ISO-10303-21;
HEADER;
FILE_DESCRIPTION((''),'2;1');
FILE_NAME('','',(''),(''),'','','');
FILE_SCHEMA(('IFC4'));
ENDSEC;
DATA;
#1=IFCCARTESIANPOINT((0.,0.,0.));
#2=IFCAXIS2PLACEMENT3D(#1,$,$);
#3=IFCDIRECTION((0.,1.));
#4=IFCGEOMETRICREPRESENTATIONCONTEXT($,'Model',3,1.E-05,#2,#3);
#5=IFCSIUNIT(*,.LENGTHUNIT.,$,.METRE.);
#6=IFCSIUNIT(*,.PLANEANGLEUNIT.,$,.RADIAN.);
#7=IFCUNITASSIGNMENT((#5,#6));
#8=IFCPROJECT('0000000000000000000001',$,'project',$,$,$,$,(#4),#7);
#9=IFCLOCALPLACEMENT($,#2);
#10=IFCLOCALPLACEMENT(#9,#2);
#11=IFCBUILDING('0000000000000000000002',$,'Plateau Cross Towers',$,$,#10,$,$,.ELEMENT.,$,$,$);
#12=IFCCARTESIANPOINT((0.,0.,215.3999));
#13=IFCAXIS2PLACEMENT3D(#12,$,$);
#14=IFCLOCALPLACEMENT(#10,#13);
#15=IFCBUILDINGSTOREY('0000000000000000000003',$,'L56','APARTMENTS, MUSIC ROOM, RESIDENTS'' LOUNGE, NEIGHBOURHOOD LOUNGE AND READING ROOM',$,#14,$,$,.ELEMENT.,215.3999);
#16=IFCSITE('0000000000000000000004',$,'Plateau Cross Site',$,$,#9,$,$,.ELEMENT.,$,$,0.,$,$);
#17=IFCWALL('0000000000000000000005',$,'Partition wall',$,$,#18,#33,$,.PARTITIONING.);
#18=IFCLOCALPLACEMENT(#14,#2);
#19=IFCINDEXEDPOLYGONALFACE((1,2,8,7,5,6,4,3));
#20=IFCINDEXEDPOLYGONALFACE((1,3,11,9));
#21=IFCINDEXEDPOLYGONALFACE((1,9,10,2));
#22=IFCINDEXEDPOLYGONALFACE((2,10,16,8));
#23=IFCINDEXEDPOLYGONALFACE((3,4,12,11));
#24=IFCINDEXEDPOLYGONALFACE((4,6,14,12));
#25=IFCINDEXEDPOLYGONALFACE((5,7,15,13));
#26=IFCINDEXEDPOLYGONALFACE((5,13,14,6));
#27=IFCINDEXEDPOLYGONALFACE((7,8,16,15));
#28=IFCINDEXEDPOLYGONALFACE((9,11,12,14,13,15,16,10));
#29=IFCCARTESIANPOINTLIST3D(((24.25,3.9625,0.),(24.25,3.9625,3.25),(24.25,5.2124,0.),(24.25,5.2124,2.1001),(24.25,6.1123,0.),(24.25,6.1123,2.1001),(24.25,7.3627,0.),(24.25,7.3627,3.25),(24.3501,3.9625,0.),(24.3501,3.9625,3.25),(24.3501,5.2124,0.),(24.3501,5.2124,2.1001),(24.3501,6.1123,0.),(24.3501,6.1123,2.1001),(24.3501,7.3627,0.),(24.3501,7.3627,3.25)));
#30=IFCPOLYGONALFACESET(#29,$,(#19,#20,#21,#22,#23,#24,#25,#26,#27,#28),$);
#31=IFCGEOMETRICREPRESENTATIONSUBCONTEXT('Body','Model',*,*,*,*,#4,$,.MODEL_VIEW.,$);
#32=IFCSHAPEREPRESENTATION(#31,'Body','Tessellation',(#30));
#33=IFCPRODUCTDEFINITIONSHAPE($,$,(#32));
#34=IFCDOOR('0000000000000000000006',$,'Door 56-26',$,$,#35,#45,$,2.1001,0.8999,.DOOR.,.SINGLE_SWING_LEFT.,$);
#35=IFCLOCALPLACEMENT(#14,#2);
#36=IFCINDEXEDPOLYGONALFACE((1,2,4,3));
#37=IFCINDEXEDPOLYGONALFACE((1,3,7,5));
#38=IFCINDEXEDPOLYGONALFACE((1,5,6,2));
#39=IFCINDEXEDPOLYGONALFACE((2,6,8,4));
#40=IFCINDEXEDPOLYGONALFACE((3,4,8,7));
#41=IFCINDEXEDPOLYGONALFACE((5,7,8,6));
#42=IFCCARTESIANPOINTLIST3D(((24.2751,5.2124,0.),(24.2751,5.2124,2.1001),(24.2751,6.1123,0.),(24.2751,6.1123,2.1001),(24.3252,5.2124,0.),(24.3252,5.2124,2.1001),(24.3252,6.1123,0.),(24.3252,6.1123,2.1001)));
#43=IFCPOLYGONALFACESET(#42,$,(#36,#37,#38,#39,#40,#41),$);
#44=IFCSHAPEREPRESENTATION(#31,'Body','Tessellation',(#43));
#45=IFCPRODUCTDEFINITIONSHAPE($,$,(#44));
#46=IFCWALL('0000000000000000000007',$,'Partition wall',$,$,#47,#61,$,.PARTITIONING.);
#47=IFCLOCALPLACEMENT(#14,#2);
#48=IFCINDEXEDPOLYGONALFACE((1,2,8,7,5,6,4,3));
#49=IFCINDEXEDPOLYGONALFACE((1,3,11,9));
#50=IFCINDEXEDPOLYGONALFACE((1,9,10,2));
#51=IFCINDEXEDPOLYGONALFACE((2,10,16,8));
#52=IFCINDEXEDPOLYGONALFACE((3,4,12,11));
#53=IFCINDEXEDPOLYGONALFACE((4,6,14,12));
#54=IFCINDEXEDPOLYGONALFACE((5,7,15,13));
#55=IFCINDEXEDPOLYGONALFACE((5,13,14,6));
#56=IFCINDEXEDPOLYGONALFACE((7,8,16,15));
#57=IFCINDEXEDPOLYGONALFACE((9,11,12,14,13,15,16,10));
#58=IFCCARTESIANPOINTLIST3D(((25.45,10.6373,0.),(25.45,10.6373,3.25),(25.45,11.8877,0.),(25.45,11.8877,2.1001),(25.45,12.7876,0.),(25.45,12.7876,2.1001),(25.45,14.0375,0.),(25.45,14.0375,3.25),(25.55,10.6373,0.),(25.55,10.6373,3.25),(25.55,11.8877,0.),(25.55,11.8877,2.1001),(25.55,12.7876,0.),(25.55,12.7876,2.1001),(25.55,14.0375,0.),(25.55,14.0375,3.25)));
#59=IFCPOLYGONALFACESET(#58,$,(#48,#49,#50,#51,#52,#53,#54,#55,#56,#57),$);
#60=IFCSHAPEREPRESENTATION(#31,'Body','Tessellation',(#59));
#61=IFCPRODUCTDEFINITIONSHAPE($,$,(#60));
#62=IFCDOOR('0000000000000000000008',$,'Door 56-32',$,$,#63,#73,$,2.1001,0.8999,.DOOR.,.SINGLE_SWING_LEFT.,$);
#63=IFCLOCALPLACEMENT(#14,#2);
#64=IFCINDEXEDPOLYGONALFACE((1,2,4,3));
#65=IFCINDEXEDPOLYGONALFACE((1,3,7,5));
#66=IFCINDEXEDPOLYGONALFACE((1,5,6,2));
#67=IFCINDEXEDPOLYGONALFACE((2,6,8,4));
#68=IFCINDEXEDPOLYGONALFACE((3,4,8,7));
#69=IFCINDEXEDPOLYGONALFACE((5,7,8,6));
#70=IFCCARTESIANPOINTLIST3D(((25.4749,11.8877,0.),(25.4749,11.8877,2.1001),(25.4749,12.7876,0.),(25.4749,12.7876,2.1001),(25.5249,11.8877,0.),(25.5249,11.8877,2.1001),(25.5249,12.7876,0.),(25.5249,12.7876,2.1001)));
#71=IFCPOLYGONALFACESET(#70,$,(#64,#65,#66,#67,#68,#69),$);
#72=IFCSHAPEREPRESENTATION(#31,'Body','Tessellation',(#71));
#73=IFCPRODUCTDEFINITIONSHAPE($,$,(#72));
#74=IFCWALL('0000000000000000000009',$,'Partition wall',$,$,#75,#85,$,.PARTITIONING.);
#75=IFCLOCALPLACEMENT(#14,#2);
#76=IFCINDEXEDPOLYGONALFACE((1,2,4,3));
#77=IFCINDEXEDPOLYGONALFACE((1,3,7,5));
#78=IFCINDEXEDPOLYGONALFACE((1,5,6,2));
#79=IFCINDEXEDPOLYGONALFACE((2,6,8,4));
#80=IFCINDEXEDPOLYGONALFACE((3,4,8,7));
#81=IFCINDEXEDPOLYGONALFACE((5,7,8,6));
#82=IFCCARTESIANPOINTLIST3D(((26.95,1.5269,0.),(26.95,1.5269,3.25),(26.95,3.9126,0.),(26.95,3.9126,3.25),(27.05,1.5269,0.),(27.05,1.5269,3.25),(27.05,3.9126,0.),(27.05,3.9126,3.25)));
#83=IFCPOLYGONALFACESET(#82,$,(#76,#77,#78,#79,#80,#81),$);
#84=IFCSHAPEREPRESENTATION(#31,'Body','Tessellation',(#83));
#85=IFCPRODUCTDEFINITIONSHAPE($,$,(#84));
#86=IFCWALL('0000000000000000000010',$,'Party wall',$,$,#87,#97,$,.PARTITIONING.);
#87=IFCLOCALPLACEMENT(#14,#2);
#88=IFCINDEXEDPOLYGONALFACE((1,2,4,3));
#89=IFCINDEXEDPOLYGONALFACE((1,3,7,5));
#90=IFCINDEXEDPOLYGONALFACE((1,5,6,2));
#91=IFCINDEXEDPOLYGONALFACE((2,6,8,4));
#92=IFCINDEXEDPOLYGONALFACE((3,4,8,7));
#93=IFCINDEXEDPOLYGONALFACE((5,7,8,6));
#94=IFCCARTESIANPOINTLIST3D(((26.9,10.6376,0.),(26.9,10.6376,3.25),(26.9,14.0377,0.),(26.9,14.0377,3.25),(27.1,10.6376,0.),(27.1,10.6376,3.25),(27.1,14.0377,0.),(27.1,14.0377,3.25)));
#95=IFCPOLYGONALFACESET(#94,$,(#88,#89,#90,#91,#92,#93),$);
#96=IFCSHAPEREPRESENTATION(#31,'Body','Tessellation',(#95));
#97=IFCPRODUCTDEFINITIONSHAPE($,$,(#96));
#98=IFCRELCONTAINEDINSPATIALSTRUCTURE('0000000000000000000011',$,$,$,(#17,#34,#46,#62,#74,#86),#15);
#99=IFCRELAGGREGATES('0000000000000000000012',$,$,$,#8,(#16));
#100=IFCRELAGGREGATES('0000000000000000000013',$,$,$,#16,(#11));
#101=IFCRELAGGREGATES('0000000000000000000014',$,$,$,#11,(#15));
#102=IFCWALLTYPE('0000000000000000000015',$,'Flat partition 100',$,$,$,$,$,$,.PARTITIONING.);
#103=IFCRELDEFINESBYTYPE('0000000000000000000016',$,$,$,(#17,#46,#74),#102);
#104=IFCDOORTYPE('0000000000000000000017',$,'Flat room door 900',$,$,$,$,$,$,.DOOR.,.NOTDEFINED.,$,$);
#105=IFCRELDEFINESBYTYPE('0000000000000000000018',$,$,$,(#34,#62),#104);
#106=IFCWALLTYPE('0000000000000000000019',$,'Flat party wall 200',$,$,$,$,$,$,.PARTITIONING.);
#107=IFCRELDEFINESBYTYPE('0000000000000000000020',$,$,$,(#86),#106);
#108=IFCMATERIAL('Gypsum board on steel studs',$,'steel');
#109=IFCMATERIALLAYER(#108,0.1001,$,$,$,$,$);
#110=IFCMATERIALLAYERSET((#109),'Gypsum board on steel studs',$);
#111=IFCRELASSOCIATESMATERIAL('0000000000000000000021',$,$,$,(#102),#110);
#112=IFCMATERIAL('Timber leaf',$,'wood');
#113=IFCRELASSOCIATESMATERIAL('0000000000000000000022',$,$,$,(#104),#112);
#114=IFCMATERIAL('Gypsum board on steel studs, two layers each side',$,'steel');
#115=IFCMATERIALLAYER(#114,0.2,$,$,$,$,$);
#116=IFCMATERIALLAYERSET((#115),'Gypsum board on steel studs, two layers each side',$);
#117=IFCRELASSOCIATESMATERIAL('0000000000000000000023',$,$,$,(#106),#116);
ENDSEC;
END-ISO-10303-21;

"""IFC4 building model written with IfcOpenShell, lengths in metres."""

from ifc_helpers import new_model, si_unit, direction, frame, frame_2d, origin, place, context, subcontext, project, spatial, rectangle, extrude, material, layer, layer_set, type_object, element, fill, save


model = new_model("IFC4")

# Units and contexts
model_context = context("Model", 3, precision=1e-05, world=origin(), true_north=direction((0.0, 1.0)))
body_context = subcontext(model_context, "Body", "Model", "MODEL_VIEW")
ifc_project = project(units=[si_unit("LENGTHUNIT", "METRE"), si_unit("PLANEANGLEUNIT", "RADIAN")], contexts=[model_context])

# Site, building, storey
site_placement = place(None, origin())
site = spatial("IfcSite", under=ifc_project, at=site_placement, Name="Plateau Cross Site", CompositionType="ELEMENT", RefElevation=0.0)
building_placement = place(site_placement, origin())
building = spatial("IfcBuilding", under=site, at=building_placement, Name="Plateau Cross Towers", CompositionType="ELEMENT")
storey_placement = place(building_placement, frame((0.0, 0.0, 215.3999)))
storey = spatial("IfcBuildingStorey", under=building, at=storey_placement, Name="L56", Description="APARTMENTS, MUSIC ROOM, RESIDENTS' LOUNGE, NEIGHBOURHOOD LOUNGE AND READING ROOM", CompositionType="ELEMENT", Elevation=215.3999)

# Shared definitions
ifc_material_1 = material(Name="Gypsum board on steel studs", Category="steel")
ifc_layer_1 = layer(ifc_material_1, 0.1001)
ifc_layer_set_1 = layer_set([ifc_layer_1], Name="Gypsum board on steel studs")
wall_type_1 = type_object("IfcWallType", Name="Flat partition 100", PredefinedType="PARTITIONING", material=ifc_layer_set_1)

# Walls, openings, doors
ifc_material_2 = material(Name="Timber leaf", Category="wood")
door_type_1 = type_object("IfcDoorType", Name="Flat room door 900", OperationType="NOTDEFINED", PredefinedType="DOOR", material=ifc_material_2)
wall_1_placement = place(storey_placement, frame((24.3, 3.9624, 0.0), z_axis=(0.0, 0.0, 1.0), x_axis=(0.0, 1.0, 0.0)))
wall_1 = element("IfcWall", 1, at=wall_1_placement, inside=storey, type_object=wall_type_1, Name="Partition wall", PredefinedType="PARTITIONING", context=body_context, shape_type="SweptSolid", body=[
    extrude(rectangle(XDim=3.4001, YDim=0.1001, at=frame_2d((1.7002, 0.0))), origin(), (0.0, 0.0, 1.0), 3.25),
])
opening_1_placement = place(wall_1_placement, frame((1.25, 0.0, 0.0)))
opening_1 = element("IfcOpeningElement", 2, at=opening_1_placement, cuts=wall_1, PredefinedType="OPENING", context=body_context, shape_type="SweptSolid", body=[
    extrude(rectangle(XDim=0.8999, YDim=2.1001, at=frame_2d((0.45, 1.05))), frame((0.0, 0.0601, 0.0), z_axis=(0.0, -1.0, 0.0), x_axis=(1.0, 0.0, 0.0)), (0.0, 0.0, 1.0), 0.1201),
])
door_1_placement = place(opening_1_placement, origin())
door_1 = element("IfcDoor", 3, at=door_1_placement, inside=storey, type_object=door_type_1, Name="Door 56-26", OperationType="SINGLE_SWING_LEFT", OverallHeight=2.1001, OverallWidth=0.8999, PredefinedType="DOOR", context=body_context, shape_type="SweptSolid", body=[
    extrude(rectangle(XDim=0.8999, YDim=2.1001, at=frame_2d((0.45, 1.05))), frame((0.0, 0.0249, 0.0), z_axis=(0.0, -1.0, 0.0), x_axis=(1.0, 0.0, 0.0)), (0.0, 0.0, 1.0), 0.05),
])
fill(opening_1, door_1)
wall_2_placement = place(storey_placement, frame((25.5, 14.0376, 0.0), z_axis=(0.0, 0.0, 1.0), x_axis=(0.0, -1.0, 0.0)))
wall_2 = element("IfcWall", 4, at=wall_2_placement, inside=storey, type_object=wall_type_1, Name="Partition wall", PredefinedType="PARTITIONING", context=body_context, shape_type="SweptSolid", body=[
    extrude(rectangle(XDim=3.4001, YDim=0.1001, at=frame_2d((1.7002, 0.0))), origin(), (0.0, 0.0, 1.0), 3.25),
])
opening_2_placement = place(wall_2_placement, frame((1.25, 0.0, 0.0)))
opening_2 = element("IfcOpeningElement", 5, at=opening_2_placement, cuts=wall_2, PredefinedType="OPENING", context=body_context, shape_type="SweptSolid", body=[
    extrude(rectangle(XDim=0.8999, YDim=2.1001, at=frame_2d((0.45, 1.05))), frame((0.0, 0.0601, 0.0), z_axis=(0.0, -1.0, 0.0), x_axis=(1.0, 0.0, 0.0)), (0.0, 0.0, 1.0), 0.1201),
])
door_2_placement = place(opening_2_placement, origin())
door_2 = element("IfcDoor", 6, at=door_2_placement, inside=storey, type_object=door_type_1, Name="Door 56-32", OperationType="SINGLE_SWING_LEFT", OverallHeight=2.1001, OverallWidth=0.8999, PredefinedType="DOOR", context=body_context, shape_type="SweptSolid", body=[
    extrude(rectangle(XDim=0.8999, YDim=2.1001, at=frame_2d((0.45, 1.05))), frame((0.0, 0.0249, 0.0), z_axis=(0.0, -1.0, 0.0), x_axis=(1.0, 0.0, 0.0)), (0.0, 0.0, 1.0), 0.05),
])
fill(opening_2, door_2)

# Walls
wall_3_placement = place(storey_placement, frame((27.0, 3.9126, 0.0), z_axis=(0.0, 0.0, 1.0), x_axis=(0.0, -1.0, 0.0)))
element("IfcWall", 7, at=wall_3_placement, inside=storey, type_object=wall_type_1, Name="Partition wall", PredefinedType="PARTITIONING", context=body_context, shape_type="SweptSolid", body=[
    extrude(rectangle(XDim=2.3857, YDim=0.1001, at=frame_2d((1.1929, 0.0))), origin(), (0.0, 0.0, 1.0), 3.25),
])
ifc_material_3 = material(Name="Gypsum board on steel studs, two layers each side", Category="steel")
ifc_layer_2 = layer(ifc_material_3, 0.2)
ifc_layer_set_2 = layer_set([ifc_layer_2], Name="Gypsum board on steel studs, two layers each side")
wall_type_2 = type_object("IfcWallType", Name="Flat party wall 200", PredefinedType="PARTITIONING", material=ifc_layer_set_2)
wall_4_placement = place(storey_placement, frame((27.0, 10.6375, 0.0), z_axis=(0.0, 0.0, 1.0), x_axis=(0.0, 1.0, 0.0)))
element("IfcWall", 8, at=wall_4_placement, inside=storey, type_object=wall_type_2, Name="Party wall", PredefinedType="PARTITIONING", context=body_context, shape_type="SweptSolid", body=[
    extrude(rectangle(XDim=3.4001, YDim=0.2, at=frame_2d((1.7002, 0.0))), origin(), (0.0, 0.0, 1.0), 3.25),
])

save(model, "model.ifc")
